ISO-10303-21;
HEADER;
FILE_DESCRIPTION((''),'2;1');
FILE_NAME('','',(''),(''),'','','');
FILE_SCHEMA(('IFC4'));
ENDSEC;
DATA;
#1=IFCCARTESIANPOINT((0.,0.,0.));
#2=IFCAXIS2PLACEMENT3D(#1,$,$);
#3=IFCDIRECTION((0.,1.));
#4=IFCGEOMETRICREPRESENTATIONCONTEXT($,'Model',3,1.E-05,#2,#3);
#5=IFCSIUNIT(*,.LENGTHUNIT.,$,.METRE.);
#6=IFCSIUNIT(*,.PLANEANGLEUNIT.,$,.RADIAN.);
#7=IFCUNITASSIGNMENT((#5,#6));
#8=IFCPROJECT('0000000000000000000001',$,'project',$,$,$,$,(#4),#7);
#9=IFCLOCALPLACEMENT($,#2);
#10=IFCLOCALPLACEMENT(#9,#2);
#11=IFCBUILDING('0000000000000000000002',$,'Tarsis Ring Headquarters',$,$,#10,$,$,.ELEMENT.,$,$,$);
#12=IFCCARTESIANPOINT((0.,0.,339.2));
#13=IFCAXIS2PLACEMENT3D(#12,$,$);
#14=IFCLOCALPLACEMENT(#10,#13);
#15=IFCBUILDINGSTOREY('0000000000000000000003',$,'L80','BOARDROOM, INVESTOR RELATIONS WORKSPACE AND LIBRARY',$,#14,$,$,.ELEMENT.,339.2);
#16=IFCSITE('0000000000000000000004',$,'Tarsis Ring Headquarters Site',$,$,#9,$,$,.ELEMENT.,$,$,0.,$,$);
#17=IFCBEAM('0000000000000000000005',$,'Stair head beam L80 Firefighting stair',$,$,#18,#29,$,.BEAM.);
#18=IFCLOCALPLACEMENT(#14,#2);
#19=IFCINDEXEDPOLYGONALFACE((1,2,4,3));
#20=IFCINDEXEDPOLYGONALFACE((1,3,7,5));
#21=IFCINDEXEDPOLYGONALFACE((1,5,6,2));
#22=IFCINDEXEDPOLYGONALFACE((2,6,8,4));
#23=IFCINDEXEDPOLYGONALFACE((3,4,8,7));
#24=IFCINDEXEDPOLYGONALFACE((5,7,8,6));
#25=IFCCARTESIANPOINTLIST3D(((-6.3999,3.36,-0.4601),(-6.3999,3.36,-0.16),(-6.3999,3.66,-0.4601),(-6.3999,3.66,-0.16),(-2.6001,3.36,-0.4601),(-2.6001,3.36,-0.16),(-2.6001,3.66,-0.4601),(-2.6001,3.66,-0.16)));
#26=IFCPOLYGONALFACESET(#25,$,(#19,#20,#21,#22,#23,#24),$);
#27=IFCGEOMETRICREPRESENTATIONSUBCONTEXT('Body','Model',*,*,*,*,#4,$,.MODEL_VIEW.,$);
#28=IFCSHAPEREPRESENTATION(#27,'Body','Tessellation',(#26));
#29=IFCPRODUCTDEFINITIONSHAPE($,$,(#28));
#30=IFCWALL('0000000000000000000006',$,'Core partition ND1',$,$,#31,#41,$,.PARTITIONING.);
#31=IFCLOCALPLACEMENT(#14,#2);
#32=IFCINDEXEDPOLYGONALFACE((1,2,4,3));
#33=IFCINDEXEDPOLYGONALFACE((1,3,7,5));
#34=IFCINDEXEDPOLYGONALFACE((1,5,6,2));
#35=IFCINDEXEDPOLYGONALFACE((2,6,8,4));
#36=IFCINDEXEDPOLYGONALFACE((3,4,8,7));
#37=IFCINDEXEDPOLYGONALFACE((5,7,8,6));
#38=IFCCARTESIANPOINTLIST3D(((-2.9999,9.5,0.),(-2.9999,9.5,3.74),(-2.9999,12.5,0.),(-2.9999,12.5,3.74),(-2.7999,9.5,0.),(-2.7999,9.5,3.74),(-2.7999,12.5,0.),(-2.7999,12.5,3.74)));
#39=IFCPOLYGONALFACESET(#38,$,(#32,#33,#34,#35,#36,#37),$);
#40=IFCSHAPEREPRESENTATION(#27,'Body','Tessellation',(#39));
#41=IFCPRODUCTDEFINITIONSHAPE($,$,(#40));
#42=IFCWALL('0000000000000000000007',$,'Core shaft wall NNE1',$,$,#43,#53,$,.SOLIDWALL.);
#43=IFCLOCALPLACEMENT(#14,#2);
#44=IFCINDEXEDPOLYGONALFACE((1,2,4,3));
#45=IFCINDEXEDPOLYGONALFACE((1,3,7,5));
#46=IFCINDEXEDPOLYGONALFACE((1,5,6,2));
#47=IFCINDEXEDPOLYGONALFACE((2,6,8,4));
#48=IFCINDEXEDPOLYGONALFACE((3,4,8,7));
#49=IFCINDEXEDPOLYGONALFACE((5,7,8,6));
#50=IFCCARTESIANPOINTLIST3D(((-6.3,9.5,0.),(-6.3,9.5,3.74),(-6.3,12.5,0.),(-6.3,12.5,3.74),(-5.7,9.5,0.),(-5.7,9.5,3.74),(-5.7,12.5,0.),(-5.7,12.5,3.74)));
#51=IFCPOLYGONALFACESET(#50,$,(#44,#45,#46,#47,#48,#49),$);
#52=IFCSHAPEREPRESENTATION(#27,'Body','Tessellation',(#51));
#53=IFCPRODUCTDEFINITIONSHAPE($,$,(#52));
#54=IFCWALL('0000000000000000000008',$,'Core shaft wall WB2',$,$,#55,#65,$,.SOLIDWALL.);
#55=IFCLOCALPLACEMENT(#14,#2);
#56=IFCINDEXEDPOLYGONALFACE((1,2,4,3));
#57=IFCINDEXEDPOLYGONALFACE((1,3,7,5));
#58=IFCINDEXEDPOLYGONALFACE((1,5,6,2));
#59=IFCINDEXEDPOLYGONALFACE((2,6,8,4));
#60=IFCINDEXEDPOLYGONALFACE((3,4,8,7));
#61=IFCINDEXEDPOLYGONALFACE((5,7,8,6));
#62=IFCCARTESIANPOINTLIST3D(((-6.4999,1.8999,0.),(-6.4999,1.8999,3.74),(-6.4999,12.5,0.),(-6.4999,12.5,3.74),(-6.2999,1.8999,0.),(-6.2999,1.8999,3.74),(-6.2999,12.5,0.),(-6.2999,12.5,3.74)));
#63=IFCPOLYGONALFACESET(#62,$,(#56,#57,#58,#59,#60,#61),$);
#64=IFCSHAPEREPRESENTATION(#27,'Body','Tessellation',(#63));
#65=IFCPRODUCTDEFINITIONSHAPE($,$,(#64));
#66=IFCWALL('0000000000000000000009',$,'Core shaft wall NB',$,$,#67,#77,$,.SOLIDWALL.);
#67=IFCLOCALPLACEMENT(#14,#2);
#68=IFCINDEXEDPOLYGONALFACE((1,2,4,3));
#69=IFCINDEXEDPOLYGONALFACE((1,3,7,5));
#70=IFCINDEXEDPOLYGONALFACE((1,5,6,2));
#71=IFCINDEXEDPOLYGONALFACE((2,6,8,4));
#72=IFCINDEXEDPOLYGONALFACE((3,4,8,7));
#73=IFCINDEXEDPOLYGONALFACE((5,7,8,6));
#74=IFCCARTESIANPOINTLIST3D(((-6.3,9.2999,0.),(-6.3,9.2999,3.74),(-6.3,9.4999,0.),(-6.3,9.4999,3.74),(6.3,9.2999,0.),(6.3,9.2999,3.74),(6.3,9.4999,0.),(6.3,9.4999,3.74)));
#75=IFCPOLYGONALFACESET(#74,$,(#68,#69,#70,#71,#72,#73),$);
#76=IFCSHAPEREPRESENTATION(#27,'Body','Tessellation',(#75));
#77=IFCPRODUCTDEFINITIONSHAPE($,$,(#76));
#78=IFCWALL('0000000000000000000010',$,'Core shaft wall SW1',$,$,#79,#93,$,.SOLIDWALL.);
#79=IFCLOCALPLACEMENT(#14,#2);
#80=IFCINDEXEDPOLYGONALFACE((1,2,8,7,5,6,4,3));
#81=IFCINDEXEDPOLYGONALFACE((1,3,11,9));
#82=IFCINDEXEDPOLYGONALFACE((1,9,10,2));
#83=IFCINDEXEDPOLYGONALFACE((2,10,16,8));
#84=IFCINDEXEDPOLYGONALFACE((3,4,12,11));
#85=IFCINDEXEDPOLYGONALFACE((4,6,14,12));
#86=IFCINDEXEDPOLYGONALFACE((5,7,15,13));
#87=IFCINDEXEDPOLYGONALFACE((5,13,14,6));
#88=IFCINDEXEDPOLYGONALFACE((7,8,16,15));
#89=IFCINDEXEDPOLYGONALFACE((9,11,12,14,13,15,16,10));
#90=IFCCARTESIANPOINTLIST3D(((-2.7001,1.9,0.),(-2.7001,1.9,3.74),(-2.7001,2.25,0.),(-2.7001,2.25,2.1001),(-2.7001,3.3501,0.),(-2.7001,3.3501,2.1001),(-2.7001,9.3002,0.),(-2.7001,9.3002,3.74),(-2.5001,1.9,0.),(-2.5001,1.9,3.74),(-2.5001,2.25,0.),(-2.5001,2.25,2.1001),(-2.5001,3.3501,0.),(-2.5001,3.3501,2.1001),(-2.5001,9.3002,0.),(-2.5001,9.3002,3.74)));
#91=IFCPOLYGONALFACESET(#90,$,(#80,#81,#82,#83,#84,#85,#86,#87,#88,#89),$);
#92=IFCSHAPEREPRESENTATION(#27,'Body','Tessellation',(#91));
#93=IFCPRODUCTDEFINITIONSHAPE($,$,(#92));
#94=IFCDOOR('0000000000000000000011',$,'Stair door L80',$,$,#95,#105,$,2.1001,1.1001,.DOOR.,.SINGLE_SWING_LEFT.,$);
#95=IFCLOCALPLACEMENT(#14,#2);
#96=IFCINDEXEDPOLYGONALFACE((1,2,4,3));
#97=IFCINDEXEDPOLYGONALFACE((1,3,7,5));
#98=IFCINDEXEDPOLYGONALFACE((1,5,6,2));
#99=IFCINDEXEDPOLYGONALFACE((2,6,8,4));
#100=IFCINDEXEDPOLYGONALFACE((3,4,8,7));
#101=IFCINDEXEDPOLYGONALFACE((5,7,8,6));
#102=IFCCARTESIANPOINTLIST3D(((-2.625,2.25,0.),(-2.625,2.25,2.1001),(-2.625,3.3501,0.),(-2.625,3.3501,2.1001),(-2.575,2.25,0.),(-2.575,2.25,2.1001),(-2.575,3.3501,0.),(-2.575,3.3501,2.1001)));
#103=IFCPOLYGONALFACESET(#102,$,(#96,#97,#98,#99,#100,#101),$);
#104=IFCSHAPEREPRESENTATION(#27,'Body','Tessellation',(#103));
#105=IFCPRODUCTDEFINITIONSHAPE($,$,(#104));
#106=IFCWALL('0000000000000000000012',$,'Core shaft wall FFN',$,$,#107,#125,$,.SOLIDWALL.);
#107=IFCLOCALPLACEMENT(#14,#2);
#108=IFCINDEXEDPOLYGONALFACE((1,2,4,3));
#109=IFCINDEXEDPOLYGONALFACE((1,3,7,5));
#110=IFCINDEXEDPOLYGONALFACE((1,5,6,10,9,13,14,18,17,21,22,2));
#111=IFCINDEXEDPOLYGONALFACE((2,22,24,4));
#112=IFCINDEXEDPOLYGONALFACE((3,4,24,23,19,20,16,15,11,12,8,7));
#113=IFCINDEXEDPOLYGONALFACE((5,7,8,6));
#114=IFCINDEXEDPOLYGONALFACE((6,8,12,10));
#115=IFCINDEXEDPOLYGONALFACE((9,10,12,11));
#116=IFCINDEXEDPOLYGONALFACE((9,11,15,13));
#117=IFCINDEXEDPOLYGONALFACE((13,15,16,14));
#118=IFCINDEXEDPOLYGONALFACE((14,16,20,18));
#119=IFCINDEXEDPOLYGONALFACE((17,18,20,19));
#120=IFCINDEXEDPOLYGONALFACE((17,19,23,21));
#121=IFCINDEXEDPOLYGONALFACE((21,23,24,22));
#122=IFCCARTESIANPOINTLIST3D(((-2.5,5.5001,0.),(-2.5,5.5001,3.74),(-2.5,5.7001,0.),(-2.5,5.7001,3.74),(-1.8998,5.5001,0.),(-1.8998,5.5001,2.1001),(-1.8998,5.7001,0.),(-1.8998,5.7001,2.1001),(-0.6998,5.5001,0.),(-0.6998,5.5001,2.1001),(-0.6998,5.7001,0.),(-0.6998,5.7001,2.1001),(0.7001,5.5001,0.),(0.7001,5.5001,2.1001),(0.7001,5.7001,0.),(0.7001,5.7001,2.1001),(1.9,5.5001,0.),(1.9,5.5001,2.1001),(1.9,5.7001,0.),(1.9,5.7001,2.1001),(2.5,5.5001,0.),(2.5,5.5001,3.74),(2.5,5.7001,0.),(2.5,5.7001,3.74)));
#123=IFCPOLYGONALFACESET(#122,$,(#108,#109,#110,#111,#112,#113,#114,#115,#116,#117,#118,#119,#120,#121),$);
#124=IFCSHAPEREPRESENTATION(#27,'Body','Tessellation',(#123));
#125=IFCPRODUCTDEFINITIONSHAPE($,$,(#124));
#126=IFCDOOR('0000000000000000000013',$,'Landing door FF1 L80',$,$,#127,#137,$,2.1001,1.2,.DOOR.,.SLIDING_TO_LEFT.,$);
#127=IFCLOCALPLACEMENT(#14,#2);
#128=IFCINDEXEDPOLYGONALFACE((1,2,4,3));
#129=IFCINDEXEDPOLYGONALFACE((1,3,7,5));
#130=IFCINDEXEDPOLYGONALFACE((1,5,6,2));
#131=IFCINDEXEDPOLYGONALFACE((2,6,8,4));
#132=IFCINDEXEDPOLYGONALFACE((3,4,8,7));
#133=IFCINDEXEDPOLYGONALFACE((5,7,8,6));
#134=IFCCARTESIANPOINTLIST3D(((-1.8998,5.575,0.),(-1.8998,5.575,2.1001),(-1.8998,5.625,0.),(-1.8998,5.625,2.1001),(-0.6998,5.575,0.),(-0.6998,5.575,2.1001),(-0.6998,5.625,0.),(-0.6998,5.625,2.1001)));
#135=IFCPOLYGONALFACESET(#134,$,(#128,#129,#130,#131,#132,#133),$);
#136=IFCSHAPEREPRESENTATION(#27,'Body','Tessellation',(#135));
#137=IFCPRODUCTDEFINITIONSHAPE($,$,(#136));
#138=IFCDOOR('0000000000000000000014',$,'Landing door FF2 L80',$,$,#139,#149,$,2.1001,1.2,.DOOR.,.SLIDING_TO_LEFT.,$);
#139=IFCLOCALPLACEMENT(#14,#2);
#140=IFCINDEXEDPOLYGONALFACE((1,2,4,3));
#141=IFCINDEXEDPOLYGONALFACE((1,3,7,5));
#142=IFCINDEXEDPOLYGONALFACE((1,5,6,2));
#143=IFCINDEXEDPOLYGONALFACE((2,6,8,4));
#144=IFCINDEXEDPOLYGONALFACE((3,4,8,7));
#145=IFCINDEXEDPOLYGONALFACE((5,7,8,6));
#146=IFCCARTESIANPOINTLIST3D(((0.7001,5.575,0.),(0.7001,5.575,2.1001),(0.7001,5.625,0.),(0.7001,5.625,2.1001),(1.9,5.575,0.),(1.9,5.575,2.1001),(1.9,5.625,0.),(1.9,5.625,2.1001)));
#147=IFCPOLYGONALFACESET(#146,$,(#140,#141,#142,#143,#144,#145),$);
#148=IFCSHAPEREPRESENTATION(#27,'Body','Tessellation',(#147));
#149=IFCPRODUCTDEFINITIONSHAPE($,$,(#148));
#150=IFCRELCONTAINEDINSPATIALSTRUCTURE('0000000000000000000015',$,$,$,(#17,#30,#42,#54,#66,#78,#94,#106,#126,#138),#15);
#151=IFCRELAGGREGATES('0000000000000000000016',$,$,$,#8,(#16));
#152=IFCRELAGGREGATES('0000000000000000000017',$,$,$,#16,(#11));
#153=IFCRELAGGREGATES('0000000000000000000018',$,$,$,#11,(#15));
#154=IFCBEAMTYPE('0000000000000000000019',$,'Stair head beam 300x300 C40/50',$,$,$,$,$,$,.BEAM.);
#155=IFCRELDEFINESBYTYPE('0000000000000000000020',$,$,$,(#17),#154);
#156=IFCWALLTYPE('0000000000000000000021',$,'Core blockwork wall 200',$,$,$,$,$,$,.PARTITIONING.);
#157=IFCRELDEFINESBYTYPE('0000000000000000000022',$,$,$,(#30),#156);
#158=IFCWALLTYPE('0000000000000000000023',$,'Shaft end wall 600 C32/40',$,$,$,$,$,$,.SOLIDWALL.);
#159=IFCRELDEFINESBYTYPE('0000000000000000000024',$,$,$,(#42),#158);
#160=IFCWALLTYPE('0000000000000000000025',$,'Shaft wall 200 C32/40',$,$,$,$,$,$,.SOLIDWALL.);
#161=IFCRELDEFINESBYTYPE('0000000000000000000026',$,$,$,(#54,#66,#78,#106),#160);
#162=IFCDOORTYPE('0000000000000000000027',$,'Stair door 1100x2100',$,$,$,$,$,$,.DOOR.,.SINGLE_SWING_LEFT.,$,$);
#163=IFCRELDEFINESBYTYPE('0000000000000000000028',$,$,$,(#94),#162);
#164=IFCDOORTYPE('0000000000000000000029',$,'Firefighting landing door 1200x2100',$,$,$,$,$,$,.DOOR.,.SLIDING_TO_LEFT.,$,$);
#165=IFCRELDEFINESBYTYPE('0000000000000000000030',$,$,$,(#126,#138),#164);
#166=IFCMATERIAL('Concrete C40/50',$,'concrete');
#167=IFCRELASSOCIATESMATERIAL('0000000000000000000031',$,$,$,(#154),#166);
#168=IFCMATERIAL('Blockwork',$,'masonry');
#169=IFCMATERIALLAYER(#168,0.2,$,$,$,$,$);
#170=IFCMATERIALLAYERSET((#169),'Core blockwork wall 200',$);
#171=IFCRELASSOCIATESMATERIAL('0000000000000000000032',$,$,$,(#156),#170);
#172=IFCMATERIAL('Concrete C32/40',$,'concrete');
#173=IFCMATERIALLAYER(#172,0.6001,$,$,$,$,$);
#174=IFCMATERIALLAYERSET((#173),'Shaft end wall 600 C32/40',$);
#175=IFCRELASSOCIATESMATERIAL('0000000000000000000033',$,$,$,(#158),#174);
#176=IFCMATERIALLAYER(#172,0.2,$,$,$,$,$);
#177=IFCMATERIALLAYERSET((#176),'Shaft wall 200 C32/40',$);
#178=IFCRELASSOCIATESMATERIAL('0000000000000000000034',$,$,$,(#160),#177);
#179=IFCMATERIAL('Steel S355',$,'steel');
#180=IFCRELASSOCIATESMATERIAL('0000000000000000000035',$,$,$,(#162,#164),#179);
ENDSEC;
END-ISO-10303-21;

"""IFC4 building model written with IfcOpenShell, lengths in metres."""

from ifc_helpers import new_model, si_unit, direction, frame, frame_2d, origin, origin_2d, place, context, subcontext, project, spatial, rectangle, extrude, material, layer, layer_set, material_profile, profile_set, type_object, element, fill, save


model = new_model("IFC4")

# Units and contexts
model_context = context("Model", 3, precision=1e-05, world=origin(), true_north=direction((0.0, 1.0)))
body_context = subcontext(model_context, "Body", "Model", "MODEL_VIEW")
ifc_project = project(units=[si_unit("LENGTHUNIT", "METRE"), si_unit("PLANEANGLEUNIT", "RADIAN")], contexts=[model_context])

# Site, building, storey
site_placement = place(None, origin())
site = spatial("IfcSite", under=ifc_project, at=site_placement, Name="Tarsis Ring Headquarters Site", CompositionType="ELEMENT", RefElevation=0.0)
building_placement = place(site_placement, origin())
building = spatial("IfcBuilding", under=site, at=building_placement, Name="Tarsis Ring Headquarters", CompositionType="ELEMENT")
storey_placement = place(building_placement, frame((0.0, 0.0, 339.2)))
storey = spatial("IfcBuildingStorey", under=building, at=storey_placement, Name="L80", Description="BOARDROOM, INVESTOR RELATIONS WORKSPACE AND LIBRARY", CompositionType="ELEMENT", Elevation=339.2)

# Beam
ifc_material_1 = material(Name="Concrete C40/50", Category="concrete")
ifc_material_profile = material_profile(ifc_material_1, rectangle(XDim=0.3, YDim=0.3, at=origin_2d()), Name="Stair head beam 300x300 C40/50")
ifc_profile_set = profile_set([ifc_material_profile], Name="Concrete C40/50")
beam_type = type_object("IfcBeamType", Name="Stair head beam 300x300 C40/50", PredefinedType="BEAM", material=ifc_profile_set)
beam_placement = place(storey_placement, frame((-6.3999, 3.51, -0.3101), z_axis=(1.0, 0.0, 0.0), x_axis=(0.0, 1.0, 0.0)))
element("IfcBeam", 1, at=beam_placement, inside=storey, type_object=beam_type, Name="Stair head beam L80 Firefighting stair", PredefinedType="BEAM", context=body_context, shape_type="SweptSolid", body=[
    extrude(rectangle(XDim=0.3, YDim=0.3, at=origin_2d()), origin(), (0.0, 0.0, 1.0), 3.7998),
])

# Walls
ifc_material_2 = material(Name="Blockwork", Category="masonry")
ifc_layer_1 = layer(ifc_material_2, 0.2)
ifc_layer_set_1 = layer_set([ifc_layer_1], Name="Core blockwork wall 200")
wall_type_1 = type_object("IfcWallType", Name="Core blockwork wall 200", PredefinedType="PARTITIONING", material=ifc_layer_set_1)
wall_1_placement = place(storey_placement, frame((-2.8999, 9.5, 0.0), z_axis=(0.0, 0.0, 1.0), x_axis=(0.0, 1.0, 0.0)))
element("IfcWall", 2, at=wall_1_placement, inside=storey, type_object=wall_type_1, Name="Core partition ND1", PredefinedType="PARTITIONING", context=body_context, shape_type="SweptSolid", body=[
    extrude(rectangle(XDim=3.0, YDim=0.2, at=frame_2d((1.5, 0.0))), origin(), (0.0, 0.0, 1.0), 3.74),
])
ifc_material_3 = material(Name="Concrete C32/40", Category="concrete")
ifc_layer_2 = layer(ifc_material_3, 0.6001)
ifc_layer_set_2 = layer_set([ifc_layer_2], Name="Shaft end wall 600 C32/40")
wall_type_2 = type_object("IfcWallType", Name="Shaft end wall 600 C32/40", PredefinedType="SOLIDWALL", material=ifc_layer_set_2)
wall_2_placement = place(storey_placement, frame((-6.0, 9.5, 0.0), z_axis=(0.0, 0.0, 1.0), x_axis=(0.0, 1.0, 0.0)))
element("IfcWall", 3, at=wall_2_placement, inside=storey, type_object=wall_type_2, Name="Core shaft wall NNE1", PredefinedType="SOLIDWALL", context=body_context, shape_type="SweptSolid", body=[
    extrude(rectangle(XDim=3.0, YDim=0.6001, at=frame_2d((1.5, 0.0))), origin(), (0.0, 0.0, 1.0), 3.74),
])
ifc_layer_3 = layer(ifc_material_3, 0.2)
ifc_layer_set_3 = layer_set([ifc_layer_3], Name="Shaft wall 200 C32/40")
wall_type_3 = type_object("IfcWallType", Name="Shaft wall 200 C32/40", PredefinedType="SOLIDWALL", material=ifc_layer_set_3)
wall_3_placement = place(storey_placement, frame((-6.3999, 1.8999, 0.0), z_axis=(0.0, 0.0, 1.0), x_axis=(0.0, 1.0, 0.0)))
element("IfcWall", 4, at=wall_3_placement, inside=storey, type_object=wall_type_3, Name="Core shaft wall WB2", PredefinedType="SOLIDWALL", context=body_context, shape_type="SweptSolid", body=[
    extrude(rectangle(XDim=10.6001, YDim=0.2, at=frame_2d((5.3, 0.0))), origin(), (0.0, 0.0, 1.0), 3.74),
])
wall_4_placement = place(storey_placement, frame((-6.3, 9.3999, 0.0), z_axis=(0.0, 0.0, 1.0), x_axis=(1.0, 0.0, 0.0)))
element("IfcWall", 5, at=wall_4_placement, inside=storey, type_object=wall_type_3, Name="Core shaft wall NB", PredefinedType="SOLIDWALL", context=body_context, shape_type="SweptSolid", body=[
    extrude(rectangle(XDim=12.6001, YDim=0.2, at=frame_2d((6.3, 0.0))), origin(), (0.0, 0.0, 1.0), 3.74),
])

# Wall, opening, door
wall_5_placement = place(storey_placement, frame((-2.6001, 1.8999, 0.0), z_axis=(0.0, 0.0, 1.0), x_axis=(0.0, 1.0, 0.0)))
wall_5 = element("IfcWall", 6, at=wall_5_placement, inside=storey, type_object=wall_type_3, Name="Core shaft wall SW1", PredefinedType="SOLIDWALL", context=body_context, shape_type="SweptSolid", body=[
    extrude(rectangle(XDim=7.4001, YDim=0.2, at=frame_2d((3.7002, 0.0))), origin(), (0.0, 0.0, 1.0), 3.74),
])
opening_1_placement = place(wall_5_placement, frame((0.3501, 0.0, 0.0)))
opening_1 = element("IfcOpeningElement", 7, at=opening_1_placement, cuts=wall_5, PredefinedType="OPENING", context=body_context, shape_type="SweptSolid", body=[
    extrude(rectangle(XDim=1.1001, YDim=2.1001, at=frame_2d((0.55, 1.05))), frame((0.0, 0.1099, 0.0), z_axis=(0.0, -1.0, 0.0), x_axis=(1.0, 0.0, 0.0)), (0.0, 0.0, 1.0), 0.22),
])
ifc_material_4 = material(Name="Steel S355", Category="steel")
door_type_1 = type_object("IfcDoorType", Name="Stair door 1100x2100", OperationType="SINGLE_SWING_LEFT", PredefinedType="DOOR", material=ifc_material_4)
door_1_placement = place(opening_1_placement, origin())
door_1 = element("IfcDoor", 8, at=door_1_placement, inside=storey, type_object=door_type_1, Name="Stair door L80", OperationType="SINGLE_SWING_LEFT", OverallHeight=2.1001, OverallWidth=1.1001, PredefinedType="DOOR", context=body_context, shape_type="SweptSolid", body=[
    extrude(rectangle(XDim=1.1001, YDim=2.1001, at=frame_2d((0.55, 1.05))), frame((0.0, 0.0249, 0.0), z_axis=(0.0, -1.0, 0.0), x_axis=(1.0, 0.0, 0.0)), (0.0, 0.0, 1.0), 0.05),
])
fill(opening_1, door_1)

# Wall, openings, doors
wall_6_placement = place(storey_placement, frame((-2.5, 5.6001, 0.0), z_axis=(0.0, 0.0, 1.0), x_axis=(1.0, 0.0, 0.0)))
wall_6 = element("IfcWall", 9, at=wall_6_placement, inside=storey, type_object=wall_type_3, Name="Core shaft wall FFN", PredefinedType="SOLIDWALL", context=body_context, shape_type="SweptSolid", body=[
    extrude(rectangle(XDim=5.0, YDim=0.2, at=frame_2d((2.5, 0.0))), origin(), (0.0, 0.0, 1.0), 3.74),
])
opening_2_placement = place(wall_6_placement, frame((0.6001, 0.0, 0.0)))
opening_2 = element("IfcOpeningElement", 10, at=opening_2_placement, cuts=wall_6, PredefinedType="OPENING", context=body_context, shape_type="SweptSolid", body=[
    extrude(rectangle(XDim=1.2, YDim=2.1001, at=frame_2d((0.6001, 1.05))), frame((0.0, 0.1099, 0.0), z_axis=(0.0, -1.0, 0.0), x_axis=(1.0, 0.0, 0.0)), (0.0, 0.0, 1.0), 0.22),
])
opening_3_placement = place(wall_6_placement, frame((3.2, 0.0, 0.0)))
opening_3 = element("IfcOpeningElement", 11, at=opening_3_placement, cuts=wall_6, PredefinedType="OPENING", context=body_context, shape_type="SweptSolid", body=[
    extrude(rectangle(XDim=1.2, YDim=2.1001, at=frame_2d((0.6001, 1.05))), frame((0.0, 0.1099, 0.0), z_axis=(0.0, -1.0, 0.0), x_axis=(1.0, 0.0, 0.0)), (0.0, 0.0, 1.0), 0.22),
])
door_type_2 = type_object("IfcDoorType", Name="Firefighting landing door 1200x2100", OperationType="SLIDING_TO_LEFT", PredefinedType="DOOR", material=ifc_material_4)
door_2_placement = place(opening_2_placement, origin())
door_2 = element("IfcDoor", 12, at=door_2_placement, inside=storey, type_object=door_type_2, Name="Landing door FF1 L80", OperationType="SLIDING_TO_LEFT", OverallHeight=2.1001, OverallWidth=1.2, PredefinedType="DOOR", context=body_context, shape_type="SweptSolid", body=[
    extrude(rectangle(XDim=1.2, YDim=2.1001, at=frame_2d((0.6001, 1.05))), frame((0.0, 0.0249, 0.0), z_axis=(0.0, -1.0, 0.0), x_axis=(1.0, 0.0, 0.0)), (0.0, 0.0, 1.0), 0.05),
])
fill(opening_2, door_2)
door_3_placement = place(opening_3_placement, origin())
door_3 = element("IfcDoor", 13, at=door_3_placement, inside=storey, type_object=door_type_2, Name="Landing door FF2 L80", OperationType="SLIDING_TO_LEFT", OverallHeight=2.1001, OverallWidth=1.2, PredefinedType="DOOR", context=body_context, shape_type="SweptSolid", body=[
    extrude(rectangle(XDim=1.2, YDim=2.1001, at=frame_2d((0.6001, 1.05))), frame((0.0, 0.0249, 0.0), z_axis=(0.0, -1.0, 0.0), x_axis=(1.0, 0.0, 0.0)), (0.0, 0.0, 1.0), 0.05),
])
fill(opening_3, door_3)

save(model, "model.ifc")
